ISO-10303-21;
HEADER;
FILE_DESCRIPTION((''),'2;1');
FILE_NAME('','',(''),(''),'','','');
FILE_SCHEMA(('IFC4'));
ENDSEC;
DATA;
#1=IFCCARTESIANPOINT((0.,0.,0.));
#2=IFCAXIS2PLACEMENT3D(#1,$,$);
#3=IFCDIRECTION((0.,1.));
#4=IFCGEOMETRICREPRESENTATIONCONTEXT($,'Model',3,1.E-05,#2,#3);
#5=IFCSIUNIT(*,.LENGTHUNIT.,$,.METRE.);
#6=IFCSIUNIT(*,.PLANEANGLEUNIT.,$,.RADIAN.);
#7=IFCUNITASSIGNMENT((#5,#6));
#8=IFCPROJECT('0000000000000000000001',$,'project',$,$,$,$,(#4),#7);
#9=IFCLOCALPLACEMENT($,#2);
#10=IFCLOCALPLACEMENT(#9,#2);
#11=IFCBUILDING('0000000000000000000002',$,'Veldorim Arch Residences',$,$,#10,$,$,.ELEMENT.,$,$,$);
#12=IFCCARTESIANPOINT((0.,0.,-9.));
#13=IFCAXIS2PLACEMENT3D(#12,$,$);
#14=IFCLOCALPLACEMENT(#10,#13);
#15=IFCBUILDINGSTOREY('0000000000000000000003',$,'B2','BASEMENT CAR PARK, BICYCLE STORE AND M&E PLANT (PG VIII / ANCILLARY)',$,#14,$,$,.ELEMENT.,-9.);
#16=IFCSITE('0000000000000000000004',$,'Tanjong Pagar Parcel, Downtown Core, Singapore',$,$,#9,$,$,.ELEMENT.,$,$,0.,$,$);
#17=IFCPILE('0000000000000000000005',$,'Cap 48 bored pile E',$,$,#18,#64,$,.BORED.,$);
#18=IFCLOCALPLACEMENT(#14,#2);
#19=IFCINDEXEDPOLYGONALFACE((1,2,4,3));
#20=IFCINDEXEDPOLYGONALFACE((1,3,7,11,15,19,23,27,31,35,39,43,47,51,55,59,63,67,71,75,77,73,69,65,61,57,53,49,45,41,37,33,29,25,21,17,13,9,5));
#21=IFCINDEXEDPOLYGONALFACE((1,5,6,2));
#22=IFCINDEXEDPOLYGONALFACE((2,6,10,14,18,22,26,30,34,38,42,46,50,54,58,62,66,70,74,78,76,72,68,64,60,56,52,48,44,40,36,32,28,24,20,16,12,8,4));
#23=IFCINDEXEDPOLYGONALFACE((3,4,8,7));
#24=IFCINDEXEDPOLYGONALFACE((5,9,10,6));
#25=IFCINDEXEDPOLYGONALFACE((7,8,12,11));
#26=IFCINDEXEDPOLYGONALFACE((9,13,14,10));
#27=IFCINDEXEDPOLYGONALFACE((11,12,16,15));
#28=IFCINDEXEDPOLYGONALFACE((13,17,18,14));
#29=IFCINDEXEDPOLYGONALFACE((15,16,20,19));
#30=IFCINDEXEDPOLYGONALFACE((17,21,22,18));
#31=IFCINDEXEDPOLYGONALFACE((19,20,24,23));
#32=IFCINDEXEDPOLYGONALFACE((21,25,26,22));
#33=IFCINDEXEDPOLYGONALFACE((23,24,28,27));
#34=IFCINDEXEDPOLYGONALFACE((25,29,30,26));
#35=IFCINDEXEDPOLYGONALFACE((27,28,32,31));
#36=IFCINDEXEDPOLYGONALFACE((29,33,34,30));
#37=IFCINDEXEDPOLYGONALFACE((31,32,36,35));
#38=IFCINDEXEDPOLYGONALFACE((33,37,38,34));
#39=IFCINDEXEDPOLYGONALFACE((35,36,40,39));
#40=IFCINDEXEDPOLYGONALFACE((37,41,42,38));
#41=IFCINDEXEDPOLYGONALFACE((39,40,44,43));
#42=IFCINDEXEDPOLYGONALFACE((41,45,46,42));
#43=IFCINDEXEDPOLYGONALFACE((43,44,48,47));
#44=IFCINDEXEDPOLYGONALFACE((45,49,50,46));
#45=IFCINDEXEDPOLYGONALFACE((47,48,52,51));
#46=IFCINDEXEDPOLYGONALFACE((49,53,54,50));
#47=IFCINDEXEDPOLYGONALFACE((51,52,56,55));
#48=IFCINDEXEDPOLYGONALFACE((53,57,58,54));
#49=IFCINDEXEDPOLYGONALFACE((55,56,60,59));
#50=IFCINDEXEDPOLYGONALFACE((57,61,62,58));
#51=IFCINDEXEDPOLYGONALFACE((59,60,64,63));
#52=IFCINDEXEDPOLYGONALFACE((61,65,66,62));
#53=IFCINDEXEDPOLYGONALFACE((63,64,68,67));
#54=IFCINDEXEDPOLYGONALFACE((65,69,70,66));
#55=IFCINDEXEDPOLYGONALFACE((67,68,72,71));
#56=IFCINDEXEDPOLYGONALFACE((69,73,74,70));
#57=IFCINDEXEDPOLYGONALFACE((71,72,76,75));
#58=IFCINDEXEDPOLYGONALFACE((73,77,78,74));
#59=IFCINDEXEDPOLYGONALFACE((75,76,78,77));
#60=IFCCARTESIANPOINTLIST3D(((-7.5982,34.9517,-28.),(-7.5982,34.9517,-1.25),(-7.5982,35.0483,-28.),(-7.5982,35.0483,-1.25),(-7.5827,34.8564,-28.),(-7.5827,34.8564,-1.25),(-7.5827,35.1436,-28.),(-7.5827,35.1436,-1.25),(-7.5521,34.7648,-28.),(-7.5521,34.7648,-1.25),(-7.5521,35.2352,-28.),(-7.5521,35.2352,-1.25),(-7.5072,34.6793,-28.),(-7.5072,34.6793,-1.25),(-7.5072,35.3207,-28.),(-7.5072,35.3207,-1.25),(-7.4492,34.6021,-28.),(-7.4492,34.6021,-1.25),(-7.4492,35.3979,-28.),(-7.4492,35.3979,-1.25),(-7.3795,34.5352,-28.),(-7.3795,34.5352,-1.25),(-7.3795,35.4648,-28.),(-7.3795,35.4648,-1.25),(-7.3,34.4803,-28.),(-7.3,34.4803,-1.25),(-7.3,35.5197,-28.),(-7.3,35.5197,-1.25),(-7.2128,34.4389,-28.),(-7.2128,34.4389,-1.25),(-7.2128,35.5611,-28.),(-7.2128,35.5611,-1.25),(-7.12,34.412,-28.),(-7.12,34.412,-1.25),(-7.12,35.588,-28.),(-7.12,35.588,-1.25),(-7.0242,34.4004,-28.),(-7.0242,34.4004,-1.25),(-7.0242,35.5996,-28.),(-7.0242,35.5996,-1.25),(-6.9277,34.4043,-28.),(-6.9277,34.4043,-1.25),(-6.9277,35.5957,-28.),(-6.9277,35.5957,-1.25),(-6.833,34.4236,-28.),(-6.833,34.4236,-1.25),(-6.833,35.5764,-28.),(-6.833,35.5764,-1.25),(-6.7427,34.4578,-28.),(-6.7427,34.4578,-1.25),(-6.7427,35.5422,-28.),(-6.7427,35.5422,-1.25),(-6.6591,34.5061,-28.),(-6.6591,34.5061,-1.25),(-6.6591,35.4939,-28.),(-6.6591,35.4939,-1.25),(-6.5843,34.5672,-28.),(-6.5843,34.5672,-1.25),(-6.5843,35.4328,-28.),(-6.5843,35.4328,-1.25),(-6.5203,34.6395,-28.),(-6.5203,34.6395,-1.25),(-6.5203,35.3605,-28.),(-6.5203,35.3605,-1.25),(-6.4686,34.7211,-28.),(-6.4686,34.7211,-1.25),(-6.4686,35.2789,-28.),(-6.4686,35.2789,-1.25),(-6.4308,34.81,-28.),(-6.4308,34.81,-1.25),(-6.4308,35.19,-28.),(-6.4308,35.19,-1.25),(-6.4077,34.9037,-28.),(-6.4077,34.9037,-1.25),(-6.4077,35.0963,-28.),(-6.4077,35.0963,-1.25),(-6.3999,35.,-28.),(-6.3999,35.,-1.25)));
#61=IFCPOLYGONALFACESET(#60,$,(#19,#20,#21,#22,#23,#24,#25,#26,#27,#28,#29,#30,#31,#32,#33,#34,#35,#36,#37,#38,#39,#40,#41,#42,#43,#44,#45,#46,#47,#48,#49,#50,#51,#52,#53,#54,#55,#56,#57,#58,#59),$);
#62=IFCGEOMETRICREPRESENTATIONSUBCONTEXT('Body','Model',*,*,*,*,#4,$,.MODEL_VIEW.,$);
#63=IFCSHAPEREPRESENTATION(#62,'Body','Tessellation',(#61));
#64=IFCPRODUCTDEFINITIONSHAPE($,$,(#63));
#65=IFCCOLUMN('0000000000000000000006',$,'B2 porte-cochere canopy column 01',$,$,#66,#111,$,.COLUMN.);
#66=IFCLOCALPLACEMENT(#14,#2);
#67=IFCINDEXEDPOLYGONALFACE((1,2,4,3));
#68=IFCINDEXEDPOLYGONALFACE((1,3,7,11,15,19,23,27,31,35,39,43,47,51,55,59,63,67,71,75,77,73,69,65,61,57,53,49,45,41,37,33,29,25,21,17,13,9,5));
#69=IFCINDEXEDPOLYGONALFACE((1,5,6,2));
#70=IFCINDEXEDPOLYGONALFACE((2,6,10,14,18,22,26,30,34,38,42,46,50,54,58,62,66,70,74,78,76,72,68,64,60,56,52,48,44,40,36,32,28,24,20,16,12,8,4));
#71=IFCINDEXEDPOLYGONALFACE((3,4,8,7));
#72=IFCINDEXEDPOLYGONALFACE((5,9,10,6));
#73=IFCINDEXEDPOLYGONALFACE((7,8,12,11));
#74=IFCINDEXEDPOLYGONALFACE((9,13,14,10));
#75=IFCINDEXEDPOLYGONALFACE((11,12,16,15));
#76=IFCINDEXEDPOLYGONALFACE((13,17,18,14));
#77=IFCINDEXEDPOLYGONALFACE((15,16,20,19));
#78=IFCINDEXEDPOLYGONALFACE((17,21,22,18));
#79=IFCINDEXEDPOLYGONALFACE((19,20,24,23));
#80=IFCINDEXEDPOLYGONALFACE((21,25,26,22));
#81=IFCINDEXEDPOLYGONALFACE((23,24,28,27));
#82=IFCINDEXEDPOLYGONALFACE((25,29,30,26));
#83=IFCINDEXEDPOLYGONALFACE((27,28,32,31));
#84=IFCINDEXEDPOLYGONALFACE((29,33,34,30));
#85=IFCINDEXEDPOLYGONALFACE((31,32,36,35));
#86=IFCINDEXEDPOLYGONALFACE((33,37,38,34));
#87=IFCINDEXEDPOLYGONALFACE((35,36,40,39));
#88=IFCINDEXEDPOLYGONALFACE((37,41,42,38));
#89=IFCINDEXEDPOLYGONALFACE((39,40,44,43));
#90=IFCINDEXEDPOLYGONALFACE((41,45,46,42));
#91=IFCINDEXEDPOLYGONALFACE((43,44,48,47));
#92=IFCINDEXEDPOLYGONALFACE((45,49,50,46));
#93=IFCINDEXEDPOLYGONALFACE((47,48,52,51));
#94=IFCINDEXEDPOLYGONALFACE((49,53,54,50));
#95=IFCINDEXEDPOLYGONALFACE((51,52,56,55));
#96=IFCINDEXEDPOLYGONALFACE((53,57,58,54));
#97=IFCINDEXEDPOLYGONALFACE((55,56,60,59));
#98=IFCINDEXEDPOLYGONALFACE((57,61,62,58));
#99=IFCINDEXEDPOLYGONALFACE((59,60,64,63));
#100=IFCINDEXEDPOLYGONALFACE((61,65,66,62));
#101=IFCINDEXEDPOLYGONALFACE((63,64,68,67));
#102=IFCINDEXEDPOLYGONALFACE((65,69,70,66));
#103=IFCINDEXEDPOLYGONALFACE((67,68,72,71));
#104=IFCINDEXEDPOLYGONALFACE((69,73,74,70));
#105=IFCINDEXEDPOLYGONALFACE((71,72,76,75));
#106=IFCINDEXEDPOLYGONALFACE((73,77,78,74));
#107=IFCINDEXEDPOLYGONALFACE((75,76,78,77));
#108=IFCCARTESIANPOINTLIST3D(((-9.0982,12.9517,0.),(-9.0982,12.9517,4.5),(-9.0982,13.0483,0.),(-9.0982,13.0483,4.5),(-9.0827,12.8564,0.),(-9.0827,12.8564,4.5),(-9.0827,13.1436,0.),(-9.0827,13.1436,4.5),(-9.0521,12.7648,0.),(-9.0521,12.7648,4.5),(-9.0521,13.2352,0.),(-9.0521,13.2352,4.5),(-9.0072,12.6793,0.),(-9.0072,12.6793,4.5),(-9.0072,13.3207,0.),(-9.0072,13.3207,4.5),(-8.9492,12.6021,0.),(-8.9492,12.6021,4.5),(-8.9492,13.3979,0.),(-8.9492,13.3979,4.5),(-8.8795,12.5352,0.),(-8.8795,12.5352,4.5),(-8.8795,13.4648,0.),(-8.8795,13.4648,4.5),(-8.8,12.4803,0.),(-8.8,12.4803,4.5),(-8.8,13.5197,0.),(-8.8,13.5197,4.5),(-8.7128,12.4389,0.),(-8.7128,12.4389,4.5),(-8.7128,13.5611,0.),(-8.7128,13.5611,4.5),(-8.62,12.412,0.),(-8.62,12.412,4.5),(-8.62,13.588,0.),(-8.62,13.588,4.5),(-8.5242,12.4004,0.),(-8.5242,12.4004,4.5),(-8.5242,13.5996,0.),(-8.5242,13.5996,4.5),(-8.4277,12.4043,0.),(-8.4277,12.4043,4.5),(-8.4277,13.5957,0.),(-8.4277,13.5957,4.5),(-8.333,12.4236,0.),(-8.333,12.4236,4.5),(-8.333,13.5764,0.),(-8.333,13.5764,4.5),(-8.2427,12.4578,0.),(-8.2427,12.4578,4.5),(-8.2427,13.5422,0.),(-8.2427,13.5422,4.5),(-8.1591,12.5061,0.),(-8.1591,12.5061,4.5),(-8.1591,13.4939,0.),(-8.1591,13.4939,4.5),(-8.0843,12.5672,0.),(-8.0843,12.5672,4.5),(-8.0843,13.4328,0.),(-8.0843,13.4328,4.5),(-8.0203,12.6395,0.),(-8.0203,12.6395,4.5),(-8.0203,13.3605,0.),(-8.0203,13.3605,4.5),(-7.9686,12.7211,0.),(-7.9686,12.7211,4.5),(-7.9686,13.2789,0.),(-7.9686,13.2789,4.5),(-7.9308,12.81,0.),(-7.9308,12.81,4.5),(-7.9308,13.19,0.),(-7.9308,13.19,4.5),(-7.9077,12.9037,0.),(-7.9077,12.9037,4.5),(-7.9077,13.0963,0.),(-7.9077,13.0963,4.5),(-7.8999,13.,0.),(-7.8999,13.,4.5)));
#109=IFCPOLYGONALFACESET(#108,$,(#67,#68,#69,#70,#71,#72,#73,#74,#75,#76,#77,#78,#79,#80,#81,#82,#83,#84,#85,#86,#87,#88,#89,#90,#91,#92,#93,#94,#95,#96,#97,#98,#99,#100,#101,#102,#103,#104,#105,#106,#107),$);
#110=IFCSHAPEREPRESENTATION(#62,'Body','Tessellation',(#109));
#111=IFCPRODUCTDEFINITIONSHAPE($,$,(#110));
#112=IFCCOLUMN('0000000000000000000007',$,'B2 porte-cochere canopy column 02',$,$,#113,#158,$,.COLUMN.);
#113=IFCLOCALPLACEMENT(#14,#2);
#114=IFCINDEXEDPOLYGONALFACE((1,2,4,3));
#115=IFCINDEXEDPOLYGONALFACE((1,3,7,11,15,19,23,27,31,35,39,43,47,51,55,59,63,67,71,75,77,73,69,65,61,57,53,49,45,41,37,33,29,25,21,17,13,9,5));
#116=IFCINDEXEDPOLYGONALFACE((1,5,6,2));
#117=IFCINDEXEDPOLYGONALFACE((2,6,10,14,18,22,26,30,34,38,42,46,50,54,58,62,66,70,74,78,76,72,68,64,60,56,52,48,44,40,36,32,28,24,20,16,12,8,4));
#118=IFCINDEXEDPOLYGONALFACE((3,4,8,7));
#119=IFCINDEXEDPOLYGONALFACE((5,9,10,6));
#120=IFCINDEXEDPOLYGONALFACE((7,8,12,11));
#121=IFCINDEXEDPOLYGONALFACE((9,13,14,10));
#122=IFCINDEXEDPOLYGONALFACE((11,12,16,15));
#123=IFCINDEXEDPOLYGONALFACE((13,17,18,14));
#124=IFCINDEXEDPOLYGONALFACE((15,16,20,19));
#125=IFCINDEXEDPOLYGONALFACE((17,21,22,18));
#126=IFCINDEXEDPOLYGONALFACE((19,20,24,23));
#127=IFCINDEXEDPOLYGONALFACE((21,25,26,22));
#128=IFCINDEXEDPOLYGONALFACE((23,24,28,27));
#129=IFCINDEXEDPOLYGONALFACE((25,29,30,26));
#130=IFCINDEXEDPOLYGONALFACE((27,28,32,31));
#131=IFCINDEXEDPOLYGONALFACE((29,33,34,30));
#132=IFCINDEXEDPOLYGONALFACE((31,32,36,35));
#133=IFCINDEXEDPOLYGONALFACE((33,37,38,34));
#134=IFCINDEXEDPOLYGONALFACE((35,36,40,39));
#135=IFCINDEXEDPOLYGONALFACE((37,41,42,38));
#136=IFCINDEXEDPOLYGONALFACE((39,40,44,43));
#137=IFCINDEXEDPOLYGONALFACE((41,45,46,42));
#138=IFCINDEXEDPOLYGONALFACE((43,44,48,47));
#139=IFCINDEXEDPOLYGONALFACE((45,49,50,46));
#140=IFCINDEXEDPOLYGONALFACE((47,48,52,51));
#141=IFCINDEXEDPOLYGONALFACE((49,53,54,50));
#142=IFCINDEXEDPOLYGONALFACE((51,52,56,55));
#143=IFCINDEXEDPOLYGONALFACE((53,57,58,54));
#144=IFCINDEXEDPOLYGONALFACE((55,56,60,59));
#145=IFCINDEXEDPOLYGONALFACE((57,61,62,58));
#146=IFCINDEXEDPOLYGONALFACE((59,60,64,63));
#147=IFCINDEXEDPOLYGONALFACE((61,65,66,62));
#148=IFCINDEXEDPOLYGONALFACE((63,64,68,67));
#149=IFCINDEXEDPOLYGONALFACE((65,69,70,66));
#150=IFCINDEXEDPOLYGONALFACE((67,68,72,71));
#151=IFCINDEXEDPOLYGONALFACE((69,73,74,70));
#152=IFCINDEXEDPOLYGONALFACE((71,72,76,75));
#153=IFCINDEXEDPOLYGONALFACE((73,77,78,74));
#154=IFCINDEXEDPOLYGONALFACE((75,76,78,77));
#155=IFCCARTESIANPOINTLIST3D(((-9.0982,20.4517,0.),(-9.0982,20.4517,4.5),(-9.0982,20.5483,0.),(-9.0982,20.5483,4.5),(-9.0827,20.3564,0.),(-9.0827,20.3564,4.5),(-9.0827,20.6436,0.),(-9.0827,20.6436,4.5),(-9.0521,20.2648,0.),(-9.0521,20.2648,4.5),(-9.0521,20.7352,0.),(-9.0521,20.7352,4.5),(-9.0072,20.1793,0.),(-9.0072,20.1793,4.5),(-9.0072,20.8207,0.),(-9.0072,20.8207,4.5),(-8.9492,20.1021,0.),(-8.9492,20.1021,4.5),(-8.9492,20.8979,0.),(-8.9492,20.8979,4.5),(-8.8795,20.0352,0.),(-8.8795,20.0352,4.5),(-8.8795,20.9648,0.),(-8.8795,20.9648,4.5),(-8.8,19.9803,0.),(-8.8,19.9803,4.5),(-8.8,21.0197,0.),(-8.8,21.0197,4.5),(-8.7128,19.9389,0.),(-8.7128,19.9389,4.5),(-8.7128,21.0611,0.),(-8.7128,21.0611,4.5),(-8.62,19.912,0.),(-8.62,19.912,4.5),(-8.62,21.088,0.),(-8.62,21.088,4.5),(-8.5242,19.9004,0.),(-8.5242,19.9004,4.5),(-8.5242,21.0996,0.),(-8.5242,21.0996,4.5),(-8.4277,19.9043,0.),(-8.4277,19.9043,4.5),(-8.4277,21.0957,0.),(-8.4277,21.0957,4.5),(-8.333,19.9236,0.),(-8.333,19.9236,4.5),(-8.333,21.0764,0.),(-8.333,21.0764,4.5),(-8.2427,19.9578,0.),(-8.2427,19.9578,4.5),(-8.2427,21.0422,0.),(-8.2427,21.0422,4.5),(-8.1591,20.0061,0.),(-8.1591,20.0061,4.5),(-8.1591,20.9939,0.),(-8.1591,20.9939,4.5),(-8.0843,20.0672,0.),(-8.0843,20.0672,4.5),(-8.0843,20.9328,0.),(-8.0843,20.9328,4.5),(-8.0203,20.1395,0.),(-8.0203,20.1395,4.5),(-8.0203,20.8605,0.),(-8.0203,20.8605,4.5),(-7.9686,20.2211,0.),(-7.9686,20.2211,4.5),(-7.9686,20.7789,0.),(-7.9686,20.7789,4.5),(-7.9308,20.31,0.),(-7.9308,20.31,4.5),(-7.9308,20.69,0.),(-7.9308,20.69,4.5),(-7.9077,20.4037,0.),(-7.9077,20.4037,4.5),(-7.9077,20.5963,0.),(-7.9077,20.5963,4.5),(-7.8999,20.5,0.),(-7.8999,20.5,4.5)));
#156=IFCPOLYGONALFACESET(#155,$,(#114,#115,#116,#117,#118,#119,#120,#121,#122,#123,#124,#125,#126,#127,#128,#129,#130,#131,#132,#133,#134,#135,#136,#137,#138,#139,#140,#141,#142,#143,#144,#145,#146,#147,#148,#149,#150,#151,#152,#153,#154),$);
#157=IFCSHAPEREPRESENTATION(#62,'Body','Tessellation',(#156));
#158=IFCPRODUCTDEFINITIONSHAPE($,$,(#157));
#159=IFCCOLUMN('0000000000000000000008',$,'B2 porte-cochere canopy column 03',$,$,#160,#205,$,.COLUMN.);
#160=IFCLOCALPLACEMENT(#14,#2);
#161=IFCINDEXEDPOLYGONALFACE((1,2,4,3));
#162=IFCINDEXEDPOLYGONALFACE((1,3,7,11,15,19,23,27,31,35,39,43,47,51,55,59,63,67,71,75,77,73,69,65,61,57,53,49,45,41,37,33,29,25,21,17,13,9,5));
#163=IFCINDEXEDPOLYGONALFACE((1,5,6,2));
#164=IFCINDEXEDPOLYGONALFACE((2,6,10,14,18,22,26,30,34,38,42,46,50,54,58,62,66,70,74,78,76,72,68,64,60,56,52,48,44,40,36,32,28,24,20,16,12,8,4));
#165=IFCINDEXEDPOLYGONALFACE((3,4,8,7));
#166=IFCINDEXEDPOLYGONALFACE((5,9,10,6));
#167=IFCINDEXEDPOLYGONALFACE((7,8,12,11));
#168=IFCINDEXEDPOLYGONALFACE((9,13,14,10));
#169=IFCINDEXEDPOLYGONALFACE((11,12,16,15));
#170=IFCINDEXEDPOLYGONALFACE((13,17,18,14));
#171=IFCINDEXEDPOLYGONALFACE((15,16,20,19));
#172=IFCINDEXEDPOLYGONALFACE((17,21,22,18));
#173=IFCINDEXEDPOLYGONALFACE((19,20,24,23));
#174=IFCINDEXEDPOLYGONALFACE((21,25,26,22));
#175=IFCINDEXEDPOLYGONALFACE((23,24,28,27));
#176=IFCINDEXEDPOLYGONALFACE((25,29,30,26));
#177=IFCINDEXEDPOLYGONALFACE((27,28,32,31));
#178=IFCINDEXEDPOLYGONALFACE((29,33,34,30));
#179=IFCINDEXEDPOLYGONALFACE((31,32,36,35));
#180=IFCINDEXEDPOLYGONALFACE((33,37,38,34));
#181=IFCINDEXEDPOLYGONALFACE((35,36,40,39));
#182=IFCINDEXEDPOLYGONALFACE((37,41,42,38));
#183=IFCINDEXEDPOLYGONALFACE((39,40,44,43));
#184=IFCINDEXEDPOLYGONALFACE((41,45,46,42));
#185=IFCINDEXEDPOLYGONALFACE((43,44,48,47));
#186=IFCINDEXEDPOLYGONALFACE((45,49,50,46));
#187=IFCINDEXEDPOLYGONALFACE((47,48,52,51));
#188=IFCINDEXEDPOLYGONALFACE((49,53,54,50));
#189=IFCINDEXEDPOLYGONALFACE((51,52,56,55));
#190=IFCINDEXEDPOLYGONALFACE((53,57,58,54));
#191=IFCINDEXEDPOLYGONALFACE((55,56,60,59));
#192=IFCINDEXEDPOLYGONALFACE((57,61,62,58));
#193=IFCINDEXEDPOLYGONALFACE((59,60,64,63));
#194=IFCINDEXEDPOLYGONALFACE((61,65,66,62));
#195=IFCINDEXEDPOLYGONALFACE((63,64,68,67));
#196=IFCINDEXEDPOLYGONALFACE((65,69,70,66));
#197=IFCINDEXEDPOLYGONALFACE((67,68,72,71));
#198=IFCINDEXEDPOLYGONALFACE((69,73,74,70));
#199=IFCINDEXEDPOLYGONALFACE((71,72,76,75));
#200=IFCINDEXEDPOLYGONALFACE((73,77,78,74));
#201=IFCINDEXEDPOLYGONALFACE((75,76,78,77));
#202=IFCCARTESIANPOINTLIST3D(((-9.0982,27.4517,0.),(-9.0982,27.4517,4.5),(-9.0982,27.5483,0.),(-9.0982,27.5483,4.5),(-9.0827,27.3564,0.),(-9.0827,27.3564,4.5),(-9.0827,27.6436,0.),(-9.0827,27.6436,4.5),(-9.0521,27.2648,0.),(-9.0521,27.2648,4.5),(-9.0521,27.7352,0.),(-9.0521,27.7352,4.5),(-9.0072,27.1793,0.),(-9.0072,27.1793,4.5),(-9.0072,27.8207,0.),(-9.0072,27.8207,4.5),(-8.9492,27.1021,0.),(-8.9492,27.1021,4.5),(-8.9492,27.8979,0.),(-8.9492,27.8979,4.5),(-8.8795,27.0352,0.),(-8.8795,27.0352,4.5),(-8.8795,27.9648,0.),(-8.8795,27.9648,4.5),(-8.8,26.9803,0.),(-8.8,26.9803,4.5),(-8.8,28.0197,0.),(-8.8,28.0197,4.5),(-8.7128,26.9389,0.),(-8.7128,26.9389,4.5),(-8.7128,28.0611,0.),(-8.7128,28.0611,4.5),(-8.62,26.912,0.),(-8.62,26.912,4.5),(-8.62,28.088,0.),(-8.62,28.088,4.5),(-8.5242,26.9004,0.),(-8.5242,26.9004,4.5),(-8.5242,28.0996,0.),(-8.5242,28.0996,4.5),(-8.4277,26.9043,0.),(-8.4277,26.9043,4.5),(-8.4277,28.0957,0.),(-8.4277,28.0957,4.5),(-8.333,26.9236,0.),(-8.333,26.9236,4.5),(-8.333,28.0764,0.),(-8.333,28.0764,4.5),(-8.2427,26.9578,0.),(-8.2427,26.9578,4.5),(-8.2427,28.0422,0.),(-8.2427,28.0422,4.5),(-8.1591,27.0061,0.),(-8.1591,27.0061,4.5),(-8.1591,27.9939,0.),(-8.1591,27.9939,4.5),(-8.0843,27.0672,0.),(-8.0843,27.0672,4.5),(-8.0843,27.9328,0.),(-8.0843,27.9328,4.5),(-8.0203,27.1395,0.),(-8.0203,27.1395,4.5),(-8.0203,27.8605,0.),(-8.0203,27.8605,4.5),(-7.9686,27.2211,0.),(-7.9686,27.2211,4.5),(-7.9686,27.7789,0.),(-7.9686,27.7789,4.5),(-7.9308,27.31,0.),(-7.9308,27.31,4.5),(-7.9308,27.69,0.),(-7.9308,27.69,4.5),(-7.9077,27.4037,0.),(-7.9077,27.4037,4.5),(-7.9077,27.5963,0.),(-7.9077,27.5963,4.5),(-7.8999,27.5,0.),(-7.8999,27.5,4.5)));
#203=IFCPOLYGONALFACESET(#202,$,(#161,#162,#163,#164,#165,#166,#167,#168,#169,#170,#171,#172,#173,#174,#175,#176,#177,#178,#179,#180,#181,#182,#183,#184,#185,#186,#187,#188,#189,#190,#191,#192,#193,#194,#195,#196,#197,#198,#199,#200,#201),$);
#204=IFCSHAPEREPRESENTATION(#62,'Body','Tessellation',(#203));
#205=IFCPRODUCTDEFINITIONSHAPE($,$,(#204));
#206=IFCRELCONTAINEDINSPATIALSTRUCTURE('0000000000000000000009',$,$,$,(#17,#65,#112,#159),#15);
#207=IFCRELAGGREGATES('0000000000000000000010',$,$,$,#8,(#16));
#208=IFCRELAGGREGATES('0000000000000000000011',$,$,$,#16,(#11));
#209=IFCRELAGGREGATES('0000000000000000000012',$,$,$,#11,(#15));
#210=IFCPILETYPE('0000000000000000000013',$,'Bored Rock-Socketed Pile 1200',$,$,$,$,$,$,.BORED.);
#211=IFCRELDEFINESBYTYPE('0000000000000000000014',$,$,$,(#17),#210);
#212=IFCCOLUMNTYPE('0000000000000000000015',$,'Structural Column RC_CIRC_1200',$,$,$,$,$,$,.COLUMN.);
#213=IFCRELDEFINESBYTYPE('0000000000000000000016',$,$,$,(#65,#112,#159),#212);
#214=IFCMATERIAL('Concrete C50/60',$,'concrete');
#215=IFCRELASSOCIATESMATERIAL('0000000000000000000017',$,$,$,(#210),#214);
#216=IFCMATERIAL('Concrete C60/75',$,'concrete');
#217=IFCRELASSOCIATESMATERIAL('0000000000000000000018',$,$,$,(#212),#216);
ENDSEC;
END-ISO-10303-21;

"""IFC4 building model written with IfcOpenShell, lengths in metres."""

from ifc_helpers import new_model, si_unit, direction, frame, origin, origin_2d, place, context, subcontext, project, spatial, circle, extrude, material, material_profile, profile_set, type_object, element, save


model = new_model("IFC4")

# Units and contexts
model_context = context("Model", 3, precision=1e-05, world=origin(), true_north=direction((0.0, 1.0)))
body_context = subcontext(model_context, "Body", "Model", "MODEL_VIEW")
ifc_project = project(units=[si_unit("LENGTHUNIT", "METRE"), si_unit("PLANEANGLEUNIT", "RADIAN")], contexts=[model_context])

# Site, building, storey
site_placement = place(None, origin())
site = spatial("IfcSite", under=ifc_project, at=site_placement, Name="Tanjong Pagar Parcel, Downtown Core, Singapore", CompositionType="ELEMENT", RefElevation=0.0)
building_placement = place(site_placement, origin())
building = spatial("IfcBuilding", under=site, at=building_placement, Name="Veldorim Arch Residences", CompositionType="ELEMENT")
storey_placement = place(building_placement, frame((0.0, 0.0, -9.0)))
storey = spatial("IfcBuildingStorey", under=building, at=storey_placement, Name="B2", Description="BASEMENT CAR PARK, BICYCLE STORE AND M&E PLANT (PG VIII / ANCILLARY)", CompositionType="ELEMENT", Elevation=-9.0)

# Pile
ifc_material_1 = material(Name="Concrete C50/60", Category="concrete")
ifc_material_profile_1 = material_profile(ifc_material_1, circle(Radius=0.6001, at=origin_2d()), Name="PILE_1200")
ifc_profile_set_1 = profile_set([ifc_material_profile_1], Name="Concrete C50/60")
pile_type = type_object("IfcPileType", Name="Bored Rock-Socketed Pile 1200", PredefinedType="BORED", material=ifc_profile_set_1)
for number, where, z_axis, x_axis, name in (
    (1, (-7.0, 35.0, -1.25), (0.0, 0.0, -1.0), (1.0, 0.0, 0.0), "Cap 48 bored pile E"),
):
    element("IfcPile", number, at=place(storey_placement, frame(where, z_axis=z_axis, x_axis=x_axis)), inside=storey, type_object=pile_type, Name=name, PredefinedType="BORED", context=body_context, shape_type="SweptSolid", body=[
        extrude(circle(Radius=0.6001, at=origin_2d()), origin(), (0.0, 0.0, 1.0), 26.75),
    ])

# Columns
ifc_material_2 = material(Name="Concrete C60/75", Category="concrete")
ifc_material_profile_2 = material_profile(ifc_material_2, circle(Radius=0.6001, at=origin_2d()), Name="RC_CIRC_1200")
ifc_profile_set_2 = profile_set([ifc_material_profile_2], Name="Concrete C60/75")
column_type_1 = type_object("IfcColumnType", Name="Structural Column RC_CIRC_1200", PredefinedType="COLUMN", material=ifc_profile_set_2)
for number, where, z_axis, x_axis, name in (
    (2, (-8.5, 13.0, 0.0), (0.0, 0.0, 1.0), (1.0, 0.0, 0.0), "B2 porte-cochere canopy column 01"),
    (3, (-8.5, 20.5, 0.0), (0.0, 0.0, 1.0), (1.0, 0.0, 0.0), "B2 porte-cochere canopy column 02"),
    (4, (-8.5, 27.5, 0.0), (0.0, 0.0, 1.0), (1.0, 0.0, 0.0), "B2 porte-cochere canopy column 03"),
):
    element("IfcColumn", number, at=place(storey_placement, frame(where, z_axis=z_axis, x_axis=x_axis)), inside=storey, type_object=column_type_1, Name=name, PredefinedType="COLUMN", context=body_context, shape_type="SweptSolid", body=[
        extrude(circle(Radius=0.6001, at=origin_2d()), origin(), (0.0, 0.0, 1.0), 4.5),
    ])

save(model, "model.ifc")
